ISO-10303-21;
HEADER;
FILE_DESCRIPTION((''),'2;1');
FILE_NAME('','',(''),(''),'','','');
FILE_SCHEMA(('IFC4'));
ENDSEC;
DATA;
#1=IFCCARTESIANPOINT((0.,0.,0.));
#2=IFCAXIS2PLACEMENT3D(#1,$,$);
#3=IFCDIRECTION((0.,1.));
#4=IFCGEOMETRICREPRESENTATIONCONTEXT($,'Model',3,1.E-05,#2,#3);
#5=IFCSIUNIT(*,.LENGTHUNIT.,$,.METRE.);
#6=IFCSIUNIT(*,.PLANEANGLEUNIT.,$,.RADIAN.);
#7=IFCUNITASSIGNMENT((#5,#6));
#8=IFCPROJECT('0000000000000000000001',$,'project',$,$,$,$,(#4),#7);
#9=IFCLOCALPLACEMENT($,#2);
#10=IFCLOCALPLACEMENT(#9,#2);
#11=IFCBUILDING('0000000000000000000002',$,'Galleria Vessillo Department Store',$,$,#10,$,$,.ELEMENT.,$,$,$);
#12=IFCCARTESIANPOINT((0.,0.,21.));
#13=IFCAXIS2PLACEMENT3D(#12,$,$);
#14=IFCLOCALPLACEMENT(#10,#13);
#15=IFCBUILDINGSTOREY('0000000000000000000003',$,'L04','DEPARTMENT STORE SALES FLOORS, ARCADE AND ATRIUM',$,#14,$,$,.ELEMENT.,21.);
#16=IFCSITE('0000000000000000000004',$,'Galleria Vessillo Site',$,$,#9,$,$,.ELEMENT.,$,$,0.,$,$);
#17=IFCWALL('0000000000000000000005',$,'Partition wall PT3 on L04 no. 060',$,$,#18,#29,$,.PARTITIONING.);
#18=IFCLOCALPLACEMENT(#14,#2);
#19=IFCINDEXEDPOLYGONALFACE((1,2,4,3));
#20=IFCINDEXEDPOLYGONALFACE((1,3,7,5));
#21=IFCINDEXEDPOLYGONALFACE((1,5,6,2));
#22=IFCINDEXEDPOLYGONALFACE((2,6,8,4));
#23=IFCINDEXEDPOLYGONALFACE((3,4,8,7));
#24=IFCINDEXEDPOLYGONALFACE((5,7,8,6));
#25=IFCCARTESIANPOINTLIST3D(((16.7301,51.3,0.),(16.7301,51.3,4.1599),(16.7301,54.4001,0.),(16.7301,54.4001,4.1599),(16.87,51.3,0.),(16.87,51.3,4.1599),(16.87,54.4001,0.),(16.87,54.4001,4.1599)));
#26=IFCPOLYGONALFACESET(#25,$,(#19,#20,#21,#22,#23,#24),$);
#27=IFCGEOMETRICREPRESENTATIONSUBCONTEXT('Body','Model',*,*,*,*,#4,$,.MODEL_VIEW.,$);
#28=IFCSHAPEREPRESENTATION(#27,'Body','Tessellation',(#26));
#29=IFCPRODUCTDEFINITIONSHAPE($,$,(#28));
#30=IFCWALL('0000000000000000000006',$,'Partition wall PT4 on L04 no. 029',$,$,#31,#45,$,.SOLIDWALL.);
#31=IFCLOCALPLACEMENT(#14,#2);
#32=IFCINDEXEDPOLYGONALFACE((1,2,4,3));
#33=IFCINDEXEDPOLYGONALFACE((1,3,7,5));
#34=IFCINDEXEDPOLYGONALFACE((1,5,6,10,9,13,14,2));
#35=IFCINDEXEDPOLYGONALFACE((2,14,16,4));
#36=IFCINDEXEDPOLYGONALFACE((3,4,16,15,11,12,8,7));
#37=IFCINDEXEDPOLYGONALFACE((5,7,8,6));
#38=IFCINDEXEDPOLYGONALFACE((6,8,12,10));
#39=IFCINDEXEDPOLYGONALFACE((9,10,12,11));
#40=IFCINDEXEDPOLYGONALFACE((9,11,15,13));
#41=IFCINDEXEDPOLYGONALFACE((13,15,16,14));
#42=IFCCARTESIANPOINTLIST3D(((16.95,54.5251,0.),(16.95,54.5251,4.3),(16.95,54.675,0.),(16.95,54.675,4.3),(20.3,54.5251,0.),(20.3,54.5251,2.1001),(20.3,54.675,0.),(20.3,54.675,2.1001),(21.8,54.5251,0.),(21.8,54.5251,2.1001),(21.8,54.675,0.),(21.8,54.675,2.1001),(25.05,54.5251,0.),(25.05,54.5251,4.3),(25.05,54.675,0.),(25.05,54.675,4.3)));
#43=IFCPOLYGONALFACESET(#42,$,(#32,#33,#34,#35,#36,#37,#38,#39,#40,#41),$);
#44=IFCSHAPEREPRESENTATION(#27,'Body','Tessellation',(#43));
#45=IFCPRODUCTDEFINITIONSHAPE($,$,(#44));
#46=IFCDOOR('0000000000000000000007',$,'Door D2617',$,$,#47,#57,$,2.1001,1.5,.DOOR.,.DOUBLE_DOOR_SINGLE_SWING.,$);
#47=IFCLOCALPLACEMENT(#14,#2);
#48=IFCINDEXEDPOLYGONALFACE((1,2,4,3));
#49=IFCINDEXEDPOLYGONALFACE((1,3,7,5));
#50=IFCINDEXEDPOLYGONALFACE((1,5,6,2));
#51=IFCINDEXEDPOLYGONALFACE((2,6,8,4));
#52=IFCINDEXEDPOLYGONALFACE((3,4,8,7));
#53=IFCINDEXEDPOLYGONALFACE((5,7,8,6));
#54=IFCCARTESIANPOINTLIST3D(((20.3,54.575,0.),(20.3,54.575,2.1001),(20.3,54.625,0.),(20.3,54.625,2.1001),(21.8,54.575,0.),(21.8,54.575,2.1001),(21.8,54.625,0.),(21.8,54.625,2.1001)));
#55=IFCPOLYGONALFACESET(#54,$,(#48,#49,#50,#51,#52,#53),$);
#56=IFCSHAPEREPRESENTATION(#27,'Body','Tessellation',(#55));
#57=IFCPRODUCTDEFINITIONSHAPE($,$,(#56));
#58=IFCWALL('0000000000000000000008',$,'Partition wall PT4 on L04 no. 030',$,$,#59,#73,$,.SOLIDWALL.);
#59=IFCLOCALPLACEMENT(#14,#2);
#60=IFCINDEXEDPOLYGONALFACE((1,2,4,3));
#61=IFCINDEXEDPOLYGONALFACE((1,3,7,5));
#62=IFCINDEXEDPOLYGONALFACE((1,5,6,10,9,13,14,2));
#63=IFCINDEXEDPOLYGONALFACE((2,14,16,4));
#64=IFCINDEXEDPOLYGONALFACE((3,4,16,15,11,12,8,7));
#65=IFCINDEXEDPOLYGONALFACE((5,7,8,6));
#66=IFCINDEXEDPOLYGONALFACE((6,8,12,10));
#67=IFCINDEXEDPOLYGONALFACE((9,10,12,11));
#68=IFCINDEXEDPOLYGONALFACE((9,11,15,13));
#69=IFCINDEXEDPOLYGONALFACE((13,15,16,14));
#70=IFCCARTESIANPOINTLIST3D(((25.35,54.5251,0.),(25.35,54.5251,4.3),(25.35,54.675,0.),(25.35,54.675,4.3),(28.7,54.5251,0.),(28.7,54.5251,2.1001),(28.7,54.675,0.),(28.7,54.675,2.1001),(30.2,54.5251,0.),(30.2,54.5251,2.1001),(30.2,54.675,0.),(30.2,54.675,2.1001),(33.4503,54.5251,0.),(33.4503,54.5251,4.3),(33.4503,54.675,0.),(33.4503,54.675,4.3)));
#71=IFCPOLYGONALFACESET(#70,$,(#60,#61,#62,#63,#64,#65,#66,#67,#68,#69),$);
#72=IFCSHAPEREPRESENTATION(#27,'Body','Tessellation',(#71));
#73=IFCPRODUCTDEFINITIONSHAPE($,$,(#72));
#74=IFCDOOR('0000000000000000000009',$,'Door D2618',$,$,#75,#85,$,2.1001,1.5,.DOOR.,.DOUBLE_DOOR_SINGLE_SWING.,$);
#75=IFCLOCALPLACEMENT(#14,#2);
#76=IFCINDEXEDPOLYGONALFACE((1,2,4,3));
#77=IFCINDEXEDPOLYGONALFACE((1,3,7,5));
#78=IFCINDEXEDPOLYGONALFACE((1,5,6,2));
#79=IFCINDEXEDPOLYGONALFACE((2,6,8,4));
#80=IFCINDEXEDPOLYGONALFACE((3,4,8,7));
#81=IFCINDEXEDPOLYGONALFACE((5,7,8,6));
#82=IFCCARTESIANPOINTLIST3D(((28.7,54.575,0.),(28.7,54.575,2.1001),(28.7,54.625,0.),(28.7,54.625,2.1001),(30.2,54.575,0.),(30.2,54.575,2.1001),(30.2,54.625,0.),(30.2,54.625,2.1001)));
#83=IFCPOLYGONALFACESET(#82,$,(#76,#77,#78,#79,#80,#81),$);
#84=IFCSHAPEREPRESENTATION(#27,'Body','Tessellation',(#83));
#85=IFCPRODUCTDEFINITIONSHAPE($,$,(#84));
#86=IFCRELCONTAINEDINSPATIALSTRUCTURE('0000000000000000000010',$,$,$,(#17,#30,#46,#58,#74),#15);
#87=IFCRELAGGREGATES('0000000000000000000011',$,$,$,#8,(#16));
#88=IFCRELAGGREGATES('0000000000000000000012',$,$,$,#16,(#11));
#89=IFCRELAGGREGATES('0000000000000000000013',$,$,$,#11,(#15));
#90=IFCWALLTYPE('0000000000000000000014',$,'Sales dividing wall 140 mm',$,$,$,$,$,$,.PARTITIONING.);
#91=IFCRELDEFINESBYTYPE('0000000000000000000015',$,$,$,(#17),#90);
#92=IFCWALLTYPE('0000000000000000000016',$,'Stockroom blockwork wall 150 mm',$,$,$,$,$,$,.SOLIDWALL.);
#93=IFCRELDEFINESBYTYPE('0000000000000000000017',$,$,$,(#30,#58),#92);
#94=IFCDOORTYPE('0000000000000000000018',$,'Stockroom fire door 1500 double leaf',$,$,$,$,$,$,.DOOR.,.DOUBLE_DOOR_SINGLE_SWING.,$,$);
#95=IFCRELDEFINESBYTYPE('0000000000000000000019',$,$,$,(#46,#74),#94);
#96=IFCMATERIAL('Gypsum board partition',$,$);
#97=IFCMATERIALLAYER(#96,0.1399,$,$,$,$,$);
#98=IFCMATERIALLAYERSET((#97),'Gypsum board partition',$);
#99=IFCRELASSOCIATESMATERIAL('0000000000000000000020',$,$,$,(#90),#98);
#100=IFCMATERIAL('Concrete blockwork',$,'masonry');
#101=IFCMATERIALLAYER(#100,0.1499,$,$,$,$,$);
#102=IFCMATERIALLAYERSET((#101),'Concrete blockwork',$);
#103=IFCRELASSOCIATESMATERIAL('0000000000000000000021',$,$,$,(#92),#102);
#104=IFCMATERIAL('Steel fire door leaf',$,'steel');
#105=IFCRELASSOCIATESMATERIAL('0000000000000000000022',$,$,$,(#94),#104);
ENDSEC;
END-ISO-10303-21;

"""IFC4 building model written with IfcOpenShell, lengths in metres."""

from ifc_helpers import new_model, si_unit, direction, frame, frame_2d, origin, place, context, subcontext, project, spatial, rectangle, extrude, material, layer, layer_set, type_object, element, fill, save


model = new_model("IFC4")

# Units and contexts
model_context = context("Model", 3, precision=1e-05, world=origin(), true_north=direction((0.0, 1.0)))
body_context = subcontext(model_context, "Body", "Model", "MODEL_VIEW")
ifc_project = project(units=[si_unit("LENGTHUNIT", "METRE"), si_unit("PLANEANGLEUNIT", "RADIAN")], contexts=[model_context])

# Site, building, storey
site_placement = place(None, origin())
site = spatial("IfcSite", under=ifc_project, at=site_placement, Name="Galleria Vessillo Site", CompositionType="ELEMENT", RefElevation=0.0)
building_placement = place(site_placement, origin())
building = spatial("IfcBuilding", under=site, at=building_placement, Name="Galleria Vessillo Department Store", CompositionType="ELEMENT")
storey_placement = place(building_placement, frame((0.0, 0.0, 21.0)))
storey = spatial("IfcBuildingStorey", under=building, at=storey_placement, Name="L04", Description="DEPARTMENT STORE SALES FLOORS, ARCADE AND ATRIUM", CompositionType="ELEMENT", Elevation=21.0)

# Wall
ifc_material_1 = material(Name="Gypsum board partition")
ifc_layer_1 = layer(ifc_material_1, 0.1399)
ifc_layer_set_1 = layer_set([ifc_layer_1], Name="Gypsum board partition")
wall_type_1 = type_object("IfcWallType", Name="Sales dividing wall 140 mm", PredefinedType="PARTITIONING", material=ifc_layer_set_1)
for number, where, z_axis, x_axis, name in (
    (1, (16.8, 51.3, 0.0), (0.0, 0.0, 1.0), (0.0, 1.0, 0.0), "Partition wall PT3 on L04 no. 060"),
):
    element("IfcWall", number, at=place(storey_placement, frame(where, z_axis=z_axis, x_axis=x_axis)), inside=storey, type_object=wall_type_1, Name=name, PredefinedType="PARTITIONING", context=body_context, shape_type="SweptSolid", body=[
        extrude(rectangle(XDim=3.1001, YDim=0.1399, at=frame_2d((1.55, 0.0))), origin(), (0.0, 0.0, 1.0), 4.1599),
    ])

# Walls, openings, doors
ifc_material_2 = material(Name="Concrete blockwork", Category="masonry")
ifc_layer_2 = layer(ifc_material_2, 0.1499)
ifc_layer_set_2 = layer_set([ifc_layer_2], Name="Concrete blockwork")
wall_type_2 = type_object("IfcWallType", Name="Stockroom blockwork wall 150 mm", PredefinedType="SOLIDWALL", material=ifc_layer_set_2)
wall_1_placement = place(storey_placement, frame((16.95, 54.6001, 0.0), z_axis=(0.0, 0.0, 1.0), x_axis=(1.0, 0.0, 0.0)))
wall_1 = element("IfcWall", 2, at=wall_1_placement, inside=storey, type_object=wall_type_2, Name="Partition wall PT4 on L04 no. 029", PredefinedType="SOLIDWALL", context=body_context, shape_type="SweptSolid", body=[
    extrude(rectangle(XDim=8.1001, YDim=0.1499, at=frame_2d((4.05, 0.0))), origin(), (0.0, 0.0, 1.0), 4.3),
])
opening_1_placement = place(wall_1_placement, frame((3.3501, 0.0, 0.0)))
opening_1 = element("IfcOpeningElement", 3, at=opening_1_placement, cuts=wall_1, PredefinedType="OPENING", context=body_context, shape_type="SweptSolid", body=[
    extrude(rectangle(XDim=1.5, YDim=2.1001, at=frame_2d((0.75, 1.05))), frame((0.0, 0.085, 0.0), z_axis=(0.0, -1.0, 0.0), x_axis=(1.0, 0.0, 0.0)), (0.0, 0.0, 1.0), 0.1699),
])
ifc_material_3 = material(Name="Steel fire door leaf", Category="steel")
door_type = type_object("IfcDoorType", Name="Stockroom fire door 1500 double leaf", OperationType="DOUBLE_DOOR_SINGLE_SWING", PredefinedType="DOOR", material=ifc_material_3)
door_1_placement = place(opening_1_placement, origin())
door_1 = element("IfcDoor", 4, at=door_1_placement, inside=storey, type_object=door_type, Name="Door D2617", OperationType="DOUBLE_DOOR_SINGLE_SWING", OverallHeight=2.1001, OverallWidth=1.5, PredefinedType="DOOR", context=body_context, shape_type="SweptSolid", body=[
    extrude(rectangle(XDim=1.5, YDim=2.1001, at=frame_2d((0.75, 1.05))), frame((0.0, 0.0249, 0.0), z_axis=(0.0, -1.0, 0.0), x_axis=(1.0, 0.0, 0.0)), (0.0, 0.0, 1.0), 0.05),
])
fill(opening_1, door_1)
wall_2_placement = place(storey_placement, frame((25.3499, 54.6001, 0.0), z_axis=(0.0, 0.0, 1.0), x_axis=(1.0, 0.0, 0.0)))
wall_2 = element("IfcWall", 5, at=wall_2_placement, inside=storey, type_object=wall_type_2, Name="Partition wall PT4 on L04 no. 030", PredefinedType="SOLIDWALL", context=body_context, shape_type="SweptSolid", body=[
    extrude(rectangle(XDim=8.1003, YDim=0.1499, at=frame_2d((4.0503, 0.0))), origin(), (0.0, 0.0, 1.0), 4.3),
])
opening_2_placement = place(wall_2_placement, frame((3.3501, 0.0, 0.0)))
opening_2 = element("IfcOpeningElement", 6, at=opening_2_placement, cuts=wall_2, PredefinedType="OPENING", context=body_context, shape_type="SweptSolid", body=[
    extrude(rectangle(XDim=1.5, YDim=2.1001, at=frame_2d((0.75, 1.05))), frame((0.0, 0.085, 0.0), z_axis=(0.0, -1.0, 0.0), x_axis=(1.0, 0.0, 0.0)), (0.0, 0.0, 1.0), 0.1699),
])
door_2_placement = place(opening_2_placement, origin())
door_2 = element("IfcDoor", 7, at=door_2_placement, inside=storey, type_object=door_type, Name="Door D2618", OperationType="DOUBLE_DOOR_SINGLE_SWING", OverallHeight=2.1001, OverallWidth=1.5, PredefinedType="DOOR", context=body_context, shape_type="SweptSolid", body=[
    extrude(rectangle(XDim=1.5, YDim=2.1001, at=frame_2d((0.75, 1.05))), frame((0.0, 0.0249, 0.0), z_axis=(0.0, -1.0, 0.0), x_axis=(1.0, 0.0, 0.0)), (0.0, 0.0, 1.0), 0.05),
])
fill(opening_2, door_2)

save(model, "model.ifc")
